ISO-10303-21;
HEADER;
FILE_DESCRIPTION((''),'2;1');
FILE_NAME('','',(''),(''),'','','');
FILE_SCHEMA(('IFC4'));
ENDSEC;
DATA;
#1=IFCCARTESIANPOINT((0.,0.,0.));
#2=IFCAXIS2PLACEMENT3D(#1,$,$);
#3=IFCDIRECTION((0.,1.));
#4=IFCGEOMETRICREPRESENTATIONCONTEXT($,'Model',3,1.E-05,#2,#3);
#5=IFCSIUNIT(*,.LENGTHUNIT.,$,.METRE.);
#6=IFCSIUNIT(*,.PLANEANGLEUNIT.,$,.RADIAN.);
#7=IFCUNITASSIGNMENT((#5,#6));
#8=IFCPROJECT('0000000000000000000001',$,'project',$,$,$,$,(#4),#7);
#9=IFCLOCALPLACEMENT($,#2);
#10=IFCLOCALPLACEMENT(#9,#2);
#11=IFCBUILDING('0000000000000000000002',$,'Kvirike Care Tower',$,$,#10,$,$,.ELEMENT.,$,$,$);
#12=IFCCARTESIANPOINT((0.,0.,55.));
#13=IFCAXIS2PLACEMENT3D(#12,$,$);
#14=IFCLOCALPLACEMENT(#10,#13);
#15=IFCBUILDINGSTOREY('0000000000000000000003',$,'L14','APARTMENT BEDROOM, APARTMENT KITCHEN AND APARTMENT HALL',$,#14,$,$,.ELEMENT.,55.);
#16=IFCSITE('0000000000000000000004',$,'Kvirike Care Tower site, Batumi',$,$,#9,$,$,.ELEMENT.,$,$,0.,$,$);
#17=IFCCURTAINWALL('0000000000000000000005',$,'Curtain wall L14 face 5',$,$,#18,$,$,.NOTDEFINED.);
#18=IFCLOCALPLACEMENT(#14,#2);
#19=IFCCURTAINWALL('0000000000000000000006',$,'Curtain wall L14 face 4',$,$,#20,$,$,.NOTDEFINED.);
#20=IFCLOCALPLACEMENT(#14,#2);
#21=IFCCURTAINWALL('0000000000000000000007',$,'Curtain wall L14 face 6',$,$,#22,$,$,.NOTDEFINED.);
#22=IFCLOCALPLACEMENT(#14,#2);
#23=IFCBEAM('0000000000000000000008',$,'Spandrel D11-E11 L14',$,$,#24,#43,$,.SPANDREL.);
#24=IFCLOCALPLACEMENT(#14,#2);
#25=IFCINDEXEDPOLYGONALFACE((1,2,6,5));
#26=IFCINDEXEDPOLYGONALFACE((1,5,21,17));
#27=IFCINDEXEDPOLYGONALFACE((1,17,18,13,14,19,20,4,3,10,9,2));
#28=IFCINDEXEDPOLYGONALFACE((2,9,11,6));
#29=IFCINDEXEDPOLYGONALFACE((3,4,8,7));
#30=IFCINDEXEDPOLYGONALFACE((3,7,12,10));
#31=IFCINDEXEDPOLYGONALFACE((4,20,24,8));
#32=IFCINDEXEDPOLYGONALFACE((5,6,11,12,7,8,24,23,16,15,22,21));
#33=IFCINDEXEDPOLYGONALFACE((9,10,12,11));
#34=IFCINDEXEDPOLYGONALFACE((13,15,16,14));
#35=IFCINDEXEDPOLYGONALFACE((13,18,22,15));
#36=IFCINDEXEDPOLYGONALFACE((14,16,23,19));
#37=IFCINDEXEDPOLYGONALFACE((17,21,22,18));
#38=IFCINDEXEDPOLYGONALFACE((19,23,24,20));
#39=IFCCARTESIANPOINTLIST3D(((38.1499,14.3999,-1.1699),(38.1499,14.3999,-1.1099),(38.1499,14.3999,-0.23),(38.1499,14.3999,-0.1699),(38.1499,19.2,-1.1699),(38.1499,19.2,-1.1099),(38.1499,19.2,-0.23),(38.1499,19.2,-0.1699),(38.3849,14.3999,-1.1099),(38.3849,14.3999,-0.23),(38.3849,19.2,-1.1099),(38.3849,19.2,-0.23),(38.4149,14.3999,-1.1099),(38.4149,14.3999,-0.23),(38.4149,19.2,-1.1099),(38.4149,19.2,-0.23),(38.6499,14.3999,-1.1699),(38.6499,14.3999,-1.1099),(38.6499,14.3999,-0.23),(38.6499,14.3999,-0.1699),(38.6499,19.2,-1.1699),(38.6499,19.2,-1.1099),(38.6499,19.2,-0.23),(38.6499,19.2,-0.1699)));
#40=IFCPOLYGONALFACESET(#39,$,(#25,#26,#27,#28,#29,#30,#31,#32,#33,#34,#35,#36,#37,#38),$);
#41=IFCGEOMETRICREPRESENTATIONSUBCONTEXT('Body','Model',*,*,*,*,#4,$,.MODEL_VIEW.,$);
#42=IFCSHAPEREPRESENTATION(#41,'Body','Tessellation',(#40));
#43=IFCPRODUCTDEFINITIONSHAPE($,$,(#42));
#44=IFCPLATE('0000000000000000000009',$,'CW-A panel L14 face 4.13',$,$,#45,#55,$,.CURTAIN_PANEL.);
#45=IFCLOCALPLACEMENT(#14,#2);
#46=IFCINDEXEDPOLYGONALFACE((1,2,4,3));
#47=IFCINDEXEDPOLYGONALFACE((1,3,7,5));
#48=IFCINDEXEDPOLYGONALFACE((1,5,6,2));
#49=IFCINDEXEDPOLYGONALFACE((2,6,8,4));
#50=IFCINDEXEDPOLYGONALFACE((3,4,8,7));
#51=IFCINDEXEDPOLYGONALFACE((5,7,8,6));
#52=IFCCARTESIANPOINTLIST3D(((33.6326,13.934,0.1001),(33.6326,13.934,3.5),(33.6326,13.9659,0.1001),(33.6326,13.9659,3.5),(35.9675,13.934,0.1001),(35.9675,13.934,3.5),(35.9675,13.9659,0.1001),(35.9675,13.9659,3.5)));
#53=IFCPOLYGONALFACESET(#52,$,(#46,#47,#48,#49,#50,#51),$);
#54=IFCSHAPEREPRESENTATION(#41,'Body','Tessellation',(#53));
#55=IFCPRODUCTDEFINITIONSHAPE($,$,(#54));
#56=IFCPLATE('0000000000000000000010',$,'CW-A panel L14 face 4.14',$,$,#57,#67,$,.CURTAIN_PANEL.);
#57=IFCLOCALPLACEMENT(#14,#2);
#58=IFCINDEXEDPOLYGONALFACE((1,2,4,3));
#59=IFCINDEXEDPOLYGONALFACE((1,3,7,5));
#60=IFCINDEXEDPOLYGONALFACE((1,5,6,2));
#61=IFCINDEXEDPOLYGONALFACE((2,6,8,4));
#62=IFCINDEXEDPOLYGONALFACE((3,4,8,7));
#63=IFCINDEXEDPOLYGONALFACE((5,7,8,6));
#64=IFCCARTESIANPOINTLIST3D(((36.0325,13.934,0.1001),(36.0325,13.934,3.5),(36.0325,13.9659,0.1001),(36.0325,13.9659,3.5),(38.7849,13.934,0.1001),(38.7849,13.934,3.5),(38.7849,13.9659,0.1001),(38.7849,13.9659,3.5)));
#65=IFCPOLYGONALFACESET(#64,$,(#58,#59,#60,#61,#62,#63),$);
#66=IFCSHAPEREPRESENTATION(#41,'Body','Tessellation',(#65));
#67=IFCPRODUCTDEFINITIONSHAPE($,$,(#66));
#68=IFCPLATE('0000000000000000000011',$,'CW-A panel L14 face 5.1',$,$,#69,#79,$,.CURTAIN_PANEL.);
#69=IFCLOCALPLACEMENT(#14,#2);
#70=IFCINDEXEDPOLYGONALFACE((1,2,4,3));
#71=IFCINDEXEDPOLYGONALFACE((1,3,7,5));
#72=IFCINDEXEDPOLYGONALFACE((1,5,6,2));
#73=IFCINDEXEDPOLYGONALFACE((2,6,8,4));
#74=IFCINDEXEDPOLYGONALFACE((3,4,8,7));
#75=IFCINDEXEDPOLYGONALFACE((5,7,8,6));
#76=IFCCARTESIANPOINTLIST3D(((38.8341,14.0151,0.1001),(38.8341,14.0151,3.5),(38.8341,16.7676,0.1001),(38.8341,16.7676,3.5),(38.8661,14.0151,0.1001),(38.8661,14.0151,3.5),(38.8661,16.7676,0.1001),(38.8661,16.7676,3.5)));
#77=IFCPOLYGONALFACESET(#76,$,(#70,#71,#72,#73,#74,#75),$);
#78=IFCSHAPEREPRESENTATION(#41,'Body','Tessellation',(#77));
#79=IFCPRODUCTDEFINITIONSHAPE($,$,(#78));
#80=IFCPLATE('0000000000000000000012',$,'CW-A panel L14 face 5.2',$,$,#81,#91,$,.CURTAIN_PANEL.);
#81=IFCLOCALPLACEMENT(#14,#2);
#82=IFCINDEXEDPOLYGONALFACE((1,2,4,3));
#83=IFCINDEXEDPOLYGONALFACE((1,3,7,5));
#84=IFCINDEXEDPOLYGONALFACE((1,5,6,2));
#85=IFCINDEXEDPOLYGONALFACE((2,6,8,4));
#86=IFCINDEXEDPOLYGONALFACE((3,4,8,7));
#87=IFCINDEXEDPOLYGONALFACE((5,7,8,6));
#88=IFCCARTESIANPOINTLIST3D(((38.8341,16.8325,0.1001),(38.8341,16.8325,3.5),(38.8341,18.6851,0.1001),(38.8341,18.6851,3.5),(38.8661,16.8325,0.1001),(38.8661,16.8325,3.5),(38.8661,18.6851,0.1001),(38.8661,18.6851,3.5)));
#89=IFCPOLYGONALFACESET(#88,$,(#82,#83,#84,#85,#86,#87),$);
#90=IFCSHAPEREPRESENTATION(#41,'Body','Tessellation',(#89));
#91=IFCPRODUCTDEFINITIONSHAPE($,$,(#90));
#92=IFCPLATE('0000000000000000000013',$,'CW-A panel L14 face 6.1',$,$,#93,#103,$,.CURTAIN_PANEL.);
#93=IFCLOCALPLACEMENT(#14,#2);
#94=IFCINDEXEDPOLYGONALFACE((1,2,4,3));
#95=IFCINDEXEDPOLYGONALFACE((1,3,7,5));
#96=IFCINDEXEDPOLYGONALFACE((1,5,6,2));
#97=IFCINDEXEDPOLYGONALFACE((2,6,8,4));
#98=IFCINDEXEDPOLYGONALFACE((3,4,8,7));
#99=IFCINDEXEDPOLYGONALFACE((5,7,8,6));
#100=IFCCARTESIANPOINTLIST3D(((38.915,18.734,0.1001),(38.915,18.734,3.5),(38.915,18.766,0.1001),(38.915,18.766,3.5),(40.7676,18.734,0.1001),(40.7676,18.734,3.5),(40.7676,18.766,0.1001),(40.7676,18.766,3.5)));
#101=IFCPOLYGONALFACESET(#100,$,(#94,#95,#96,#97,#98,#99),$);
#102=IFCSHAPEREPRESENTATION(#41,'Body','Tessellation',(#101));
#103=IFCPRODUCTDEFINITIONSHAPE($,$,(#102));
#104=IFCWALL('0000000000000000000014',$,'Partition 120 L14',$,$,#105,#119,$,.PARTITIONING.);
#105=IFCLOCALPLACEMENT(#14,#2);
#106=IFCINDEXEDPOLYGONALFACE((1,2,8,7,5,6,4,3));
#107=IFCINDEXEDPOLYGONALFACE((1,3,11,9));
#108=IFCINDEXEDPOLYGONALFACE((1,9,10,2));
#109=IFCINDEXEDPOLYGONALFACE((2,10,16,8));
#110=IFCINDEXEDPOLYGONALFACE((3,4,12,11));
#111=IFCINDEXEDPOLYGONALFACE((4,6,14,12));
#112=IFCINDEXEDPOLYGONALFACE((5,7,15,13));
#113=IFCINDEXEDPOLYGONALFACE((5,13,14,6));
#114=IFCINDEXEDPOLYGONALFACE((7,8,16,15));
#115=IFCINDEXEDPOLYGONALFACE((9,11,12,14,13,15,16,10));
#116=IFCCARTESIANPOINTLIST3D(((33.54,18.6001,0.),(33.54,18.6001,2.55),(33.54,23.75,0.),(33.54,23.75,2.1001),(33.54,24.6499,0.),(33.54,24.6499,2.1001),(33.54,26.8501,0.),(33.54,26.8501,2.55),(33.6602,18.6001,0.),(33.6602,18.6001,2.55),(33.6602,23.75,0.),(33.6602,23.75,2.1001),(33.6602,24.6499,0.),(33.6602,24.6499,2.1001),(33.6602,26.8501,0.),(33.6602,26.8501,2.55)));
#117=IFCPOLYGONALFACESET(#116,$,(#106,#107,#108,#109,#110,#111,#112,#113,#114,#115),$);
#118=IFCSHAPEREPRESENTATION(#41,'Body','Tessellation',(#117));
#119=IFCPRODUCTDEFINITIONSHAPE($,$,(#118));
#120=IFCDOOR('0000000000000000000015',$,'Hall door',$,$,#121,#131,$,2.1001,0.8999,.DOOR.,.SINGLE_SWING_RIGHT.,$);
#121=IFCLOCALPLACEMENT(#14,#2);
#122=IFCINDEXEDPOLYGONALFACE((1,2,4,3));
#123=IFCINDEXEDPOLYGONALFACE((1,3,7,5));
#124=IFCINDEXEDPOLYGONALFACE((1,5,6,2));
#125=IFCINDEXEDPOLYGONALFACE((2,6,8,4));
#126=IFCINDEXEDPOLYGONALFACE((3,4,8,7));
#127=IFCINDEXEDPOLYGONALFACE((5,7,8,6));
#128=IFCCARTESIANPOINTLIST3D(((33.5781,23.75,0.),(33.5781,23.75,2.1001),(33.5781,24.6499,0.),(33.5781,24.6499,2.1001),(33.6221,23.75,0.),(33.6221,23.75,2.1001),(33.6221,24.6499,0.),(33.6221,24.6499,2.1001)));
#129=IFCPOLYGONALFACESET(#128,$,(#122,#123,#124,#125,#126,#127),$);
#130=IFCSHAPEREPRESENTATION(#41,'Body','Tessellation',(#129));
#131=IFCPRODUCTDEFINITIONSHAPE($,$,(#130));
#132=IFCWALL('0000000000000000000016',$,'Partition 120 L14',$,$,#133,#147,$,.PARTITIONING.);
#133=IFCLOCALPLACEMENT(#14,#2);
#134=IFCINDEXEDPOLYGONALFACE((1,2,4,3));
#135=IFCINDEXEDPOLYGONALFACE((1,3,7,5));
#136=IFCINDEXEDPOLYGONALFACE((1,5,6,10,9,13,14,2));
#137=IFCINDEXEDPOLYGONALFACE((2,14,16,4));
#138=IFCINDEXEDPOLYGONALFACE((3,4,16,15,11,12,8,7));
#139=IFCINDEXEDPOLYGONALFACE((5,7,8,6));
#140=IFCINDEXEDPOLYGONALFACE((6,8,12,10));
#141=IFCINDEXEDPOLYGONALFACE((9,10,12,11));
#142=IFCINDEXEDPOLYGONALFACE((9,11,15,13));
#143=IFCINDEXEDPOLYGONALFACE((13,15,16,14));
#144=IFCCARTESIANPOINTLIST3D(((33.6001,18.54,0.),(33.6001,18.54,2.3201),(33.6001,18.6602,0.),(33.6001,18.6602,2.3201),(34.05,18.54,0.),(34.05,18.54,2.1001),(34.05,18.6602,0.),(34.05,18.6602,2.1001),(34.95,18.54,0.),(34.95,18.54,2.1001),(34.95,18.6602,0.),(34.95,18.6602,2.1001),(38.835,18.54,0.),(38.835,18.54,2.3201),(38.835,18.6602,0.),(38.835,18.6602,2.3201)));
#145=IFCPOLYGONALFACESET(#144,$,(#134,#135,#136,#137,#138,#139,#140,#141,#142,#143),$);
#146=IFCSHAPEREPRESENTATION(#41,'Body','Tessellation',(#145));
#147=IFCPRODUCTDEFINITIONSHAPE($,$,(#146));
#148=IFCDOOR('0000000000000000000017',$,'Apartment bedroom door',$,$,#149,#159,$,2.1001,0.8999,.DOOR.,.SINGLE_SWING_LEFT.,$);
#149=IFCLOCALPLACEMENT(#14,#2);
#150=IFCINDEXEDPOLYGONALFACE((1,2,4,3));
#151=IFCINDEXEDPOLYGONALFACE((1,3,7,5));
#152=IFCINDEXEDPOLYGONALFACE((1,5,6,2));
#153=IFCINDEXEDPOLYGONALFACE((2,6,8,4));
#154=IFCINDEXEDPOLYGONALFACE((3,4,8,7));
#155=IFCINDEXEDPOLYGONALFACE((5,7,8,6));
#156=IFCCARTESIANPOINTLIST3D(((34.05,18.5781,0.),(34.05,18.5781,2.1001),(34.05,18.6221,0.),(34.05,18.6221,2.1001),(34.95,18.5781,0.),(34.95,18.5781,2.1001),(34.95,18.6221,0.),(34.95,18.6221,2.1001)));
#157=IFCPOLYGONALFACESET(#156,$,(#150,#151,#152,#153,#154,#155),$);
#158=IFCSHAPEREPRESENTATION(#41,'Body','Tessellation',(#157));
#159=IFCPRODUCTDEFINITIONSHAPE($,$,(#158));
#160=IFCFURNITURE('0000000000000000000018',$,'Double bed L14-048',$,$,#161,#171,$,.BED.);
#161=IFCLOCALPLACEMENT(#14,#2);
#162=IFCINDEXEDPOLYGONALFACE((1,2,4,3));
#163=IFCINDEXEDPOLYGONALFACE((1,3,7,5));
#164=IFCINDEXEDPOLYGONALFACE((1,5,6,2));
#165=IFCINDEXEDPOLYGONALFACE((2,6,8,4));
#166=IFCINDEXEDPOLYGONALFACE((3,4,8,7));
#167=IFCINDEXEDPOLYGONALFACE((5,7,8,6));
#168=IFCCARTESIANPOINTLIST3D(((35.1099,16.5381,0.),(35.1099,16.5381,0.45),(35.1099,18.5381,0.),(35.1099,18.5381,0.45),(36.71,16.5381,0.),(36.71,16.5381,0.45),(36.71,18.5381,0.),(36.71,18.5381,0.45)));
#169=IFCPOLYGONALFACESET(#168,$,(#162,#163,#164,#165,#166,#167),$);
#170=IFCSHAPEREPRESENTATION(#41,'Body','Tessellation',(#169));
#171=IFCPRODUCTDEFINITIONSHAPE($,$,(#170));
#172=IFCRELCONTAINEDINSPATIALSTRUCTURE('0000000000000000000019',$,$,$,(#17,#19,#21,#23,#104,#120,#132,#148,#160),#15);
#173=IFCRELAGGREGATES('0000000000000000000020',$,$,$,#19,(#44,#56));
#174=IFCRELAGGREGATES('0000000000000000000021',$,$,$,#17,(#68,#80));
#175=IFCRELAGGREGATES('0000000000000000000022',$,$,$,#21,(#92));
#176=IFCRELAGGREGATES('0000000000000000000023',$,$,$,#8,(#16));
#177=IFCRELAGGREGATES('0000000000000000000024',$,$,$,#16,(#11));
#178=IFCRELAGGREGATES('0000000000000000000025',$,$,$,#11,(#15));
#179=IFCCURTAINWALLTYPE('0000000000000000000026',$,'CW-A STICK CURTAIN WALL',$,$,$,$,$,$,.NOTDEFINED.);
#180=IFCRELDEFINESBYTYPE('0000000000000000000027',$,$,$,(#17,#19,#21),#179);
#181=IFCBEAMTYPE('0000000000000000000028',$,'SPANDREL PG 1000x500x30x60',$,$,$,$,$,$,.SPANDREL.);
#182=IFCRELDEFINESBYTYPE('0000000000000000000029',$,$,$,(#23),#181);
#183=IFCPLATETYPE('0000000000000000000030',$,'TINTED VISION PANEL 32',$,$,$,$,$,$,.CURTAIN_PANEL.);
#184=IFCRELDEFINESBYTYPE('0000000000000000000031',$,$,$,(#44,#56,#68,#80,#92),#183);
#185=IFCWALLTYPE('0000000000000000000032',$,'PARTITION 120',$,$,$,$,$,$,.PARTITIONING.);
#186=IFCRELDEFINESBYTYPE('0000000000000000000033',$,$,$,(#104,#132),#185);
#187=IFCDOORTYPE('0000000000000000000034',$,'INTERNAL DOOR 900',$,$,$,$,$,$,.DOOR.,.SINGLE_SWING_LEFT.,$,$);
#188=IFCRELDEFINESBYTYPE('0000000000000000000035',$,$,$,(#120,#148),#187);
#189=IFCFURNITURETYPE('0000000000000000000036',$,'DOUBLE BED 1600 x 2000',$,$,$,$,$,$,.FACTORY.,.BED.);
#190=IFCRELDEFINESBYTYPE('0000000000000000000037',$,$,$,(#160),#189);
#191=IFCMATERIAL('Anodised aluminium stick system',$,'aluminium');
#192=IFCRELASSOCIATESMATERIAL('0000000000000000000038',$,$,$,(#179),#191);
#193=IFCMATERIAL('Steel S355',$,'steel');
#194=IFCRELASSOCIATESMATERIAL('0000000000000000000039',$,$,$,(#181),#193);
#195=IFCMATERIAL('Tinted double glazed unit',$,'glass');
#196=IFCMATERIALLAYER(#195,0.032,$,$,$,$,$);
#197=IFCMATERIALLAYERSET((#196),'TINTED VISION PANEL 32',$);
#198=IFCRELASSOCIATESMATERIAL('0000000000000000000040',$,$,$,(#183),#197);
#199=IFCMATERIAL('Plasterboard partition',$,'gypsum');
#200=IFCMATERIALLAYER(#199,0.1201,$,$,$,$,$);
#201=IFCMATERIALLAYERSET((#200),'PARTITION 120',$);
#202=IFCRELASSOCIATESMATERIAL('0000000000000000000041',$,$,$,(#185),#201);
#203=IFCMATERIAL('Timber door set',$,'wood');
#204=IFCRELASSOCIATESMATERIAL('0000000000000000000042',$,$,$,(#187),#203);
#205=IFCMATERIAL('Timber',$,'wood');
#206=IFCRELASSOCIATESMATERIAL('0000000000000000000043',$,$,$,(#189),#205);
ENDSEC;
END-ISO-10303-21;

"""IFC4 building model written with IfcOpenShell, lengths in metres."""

from ifc_helpers import new_model, si_unit, direction, frame, frame_2d, origin, origin_2d, place, context, subcontext, project, spatial, rectangle, i_section, extrude, material, layer, layer_set, material_profile, profile_set, type_object, element, fill, aggregate, save


model = new_model("IFC4")

# Units and contexts
model_context = context("Model", 3, precision=1e-05, world=origin(), true_north=direction((0.0, 1.0)))
body_context = subcontext(model_context, "Body", "Model", "MODEL_VIEW")
ifc_project = project(units=[si_unit("LENGTHUNIT", "METRE"), si_unit("PLANEANGLEUNIT", "RADIAN")], contexts=[model_context])

# Site, building, storey
site_placement = place(None, origin())
site = spatial("IfcSite", under=ifc_project, at=site_placement, Name="Kvirike Care Tower site, Batumi", CompositionType="ELEMENT", RefElevation=0.0)
building_placement = place(site_placement, origin())
building = spatial("IfcBuilding", under=site, at=building_placement, Name="Kvirike Care Tower", CompositionType="ELEMENT")
storey_placement = place(building_placement, frame((0.0, 0.0, 55.0)))
storey = spatial("IfcBuildingStorey", under=building, at=storey_placement, Name="L14", Description="APARTMENT BEDROOM, APARTMENT KITCHEN AND APARTMENT HALL", CompositionType="ELEMENT", Elevation=55.0)

# Curtain wall
ifc_material_1 = material(Name="Anodised aluminium stick system", Category="aluminium")
curtain_wall_type = type_object("IfcCurtainWallType", Name="CW-A STICK CURTAIN WALL", PredefinedType="NOTDEFINED", material=ifc_material_1)
curtain_wall_1_placement = place(storey_placement, origin())
curtain_wall_1 = element("IfcCurtainWall", 1, at=curtain_wall_1_placement, inside=storey, type_object=curtain_wall_type, Name="Curtain wall L14 face 5", PredefinedType="NOTDEFINED")

# Curtain wall
curtain_wall_2_placement = place(storey_placement, origin())
curtain_wall_2 = element("IfcCurtainWall", 2, at=curtain_wall_2_placement, inside=storey, type_object=curtain_wall_type, Name="Curtain wall L14 face 4", PredefinedType="NOTDEFINED")

# Curtain wall
curtain_wall_3_placement = place(storey_placement, origin())
curtain_wall_3 = element("IfcCurtainWall", 3, at=curtain_wall_3_placement, inside=storey, type_object=curtain_wall_type, Name="Curtain wall L14 face 6", PredefinedType="NOTDEFINED")

# Beam
ifc_material_2 = material(Name="Steel S355", Category="steel")
ifc_material_profile_1 = material_profile(ifc_material_2, i_section(OverallWidth=0.5, OverallDepth=1.0, WebThickness=0.03, FlangeThickness=0.0601, at=origin_2d()), Name="PG 1000x500x30x60")
ifc_profile_set_1 = profile_set([ifc_material_profile_1], Name="Steel S355")
beam_type = type_object("IfcBeamType", Name="SPANDREL PG 1000x500x30x60", PredefinedType="SPANDREL", material=ifc_profile_set_1)
beam_placement = place(storey_placement, frame((38.3999, 14.3999, -0.6699), z_axis=(0.0, 1.0, 0.0), x_axis=(-1.0, 0.0, 0.0)))
element("IfcBeam", 4, at=beam_placement, inside=storey, type_object=beam_type, Name="Spandrel D11-E11 L14", PredefinedType="SPANDREL", context=body_context, shape_type="SweptSolid", body=[
    extrude(i_section(OverallWidth=0.5, OverallDepth=1.0, WebThickness=0.03, FlangeThickness=0.0601, at=origin_2d()), origin(), (0.0, 0.0, 1.0), 4.8),
])

# Plates
ifc_material_3 = material(Name="Tinted double glazed unit", Category="glass")
ifc_layer_1 = layer(ifc_material_3, 0.032)
ifc_layer_set_1 = layer_set([ifc_layer_1], Name="TINTED VISION PANEL 32")
plate_type = type_object("IfcPlateType", Name="TINTED VISION PANEL 32", PredefinedType="CURTAIN_PANEL", material=ifc_layer_set_1)
plate_1_placement = place(storey_placement, frame((34.8, 13.95, 0.1001), z_axis=(0.0, 0.0, 1.0), x_axis=(1.0, 0.0, 0.0)))
plate_1 = element("IfcPlate", 5, at=plate_1_placement, type_object=plate_type, Name="CW-A panel L14 face 4.13", PredefinedType="CURTAIN_PANEL", context=body_context, shape_type="SweptSolid", body=[
    extrude(rectangle(XDim=2.335, YDim=0.032, at=origin_2d()), origin(), (0.0, 0.0, 1.0), 3.3999),
])
plate_2_placement = place(storey_placement, frame((37.4087, 13.95, 0.1001), z_axis=(0.0, 0.0, 1.0), x_axis=(1.0, 0.0, 0.0)))
plate_2 = element("IfcPlate", 6, at=plate_2_placement, type_object=plate_type, Name="CW-A panel L14 face 4.14", PredefinedType="CURTAIN_PANEL", context=body_context, shape_type="SweptSolid", body=[
    extrude(rectangle(XDim=2.7524, YDim=0.032, at=origin_2d()), origin(), (0.0, 0.0, 1.0), 3.3999),
])
aggregate(curtain_wall_2, [plate_1, plate_2])
plate_3_placement = place(storey_placement, frame((38.8501, 15.3914, 0.1001), z_axis=(0.0, 0.0, 1.0), x_axis=(0.0, 1.0, 0.0)))
plate_3 = element("IfcPlate", 7, at=plate_3_placement, type_object=plate_type, Name="CW-A panel L14 face 5.1", PredefinedType="CURTAIN_PANEL", context=body_context, shape_type="SweptSolid", body=[
    extrude(rectangle(XDim=2.7524, YDim=0.032, at=origin_2d()), origin(), (0.0, 0.0, 1.0), 3.3999),
])
plate_4_placement = place(storey_placement, frame((38.8501, 17.7588, 0.1001), z_axis=(0.0, 0.0, 1.0), x_axis=(0.0, 1.0, 0.0)))
plate_4 = element("IfcPlate", 8, at=plate_4_placement, type_object=plate_type, Name="CW-A panel L14 face 5.2", PredefinedType="CURTAIN_PANEL", context=body_context, shape_type="SweptSolid", body=[
    extrude(rectangle(XDim=1.8525, YDim=0.032, at=origin_2d()), origin(), (0.0, 0.0, 1.0), 3.3999),
])
aggregate(curtain_wall_1, [plate_3, plate_4])
plate_5_placement = place(storey_placement, frame((39.8413, 18.75, 0.1001), z_axis=(0.0, 0.0, 1.0), x_axis=(1.0, 0.0, 0.0)))
plate_5 = element("IfcPlate", 9, at=plate_5_placement, type_object=plate_type, Name="CW-A panel L14 face 6.1", PredefinedType="CURTAIN_PANEL", context=body_context, shape_type="SweptSolid", body=[
    extrude(rectangle(XDim=1.8525, YDim=0.032, at=origin_2d()), origin(), (0.0, 0.0, 1.0), 3.3999),
])
aggregate(curtain_wall_3, [plate_5])

# Walls, openings, doors
ifc_material_4 = material(Name="Plasterboard partition", Category="gypsum")
ifc_layer_2 = layer(ifc_material_4, 0.1201)
ifc_layer_set_2 = layer_set([ifc_layer_2], Name="PARTITION 120")
wall_type = type_object("IfcWallType", Name="PARTITION 120", PredefinedType="PARTITIONING", material=ifc_layer_set_2)
wall_1_placement = place(storey_placement, frame((33.6001, 18.6001, 0.0), z_axis=(0.0, 0.0, 1.0), x_axis=(0.0, 1.0, 0.0)))
wall_1 = element("IfcWall", 10, at=wall_1_placement, inside=storey, type_object=wall_type, Name="Partition 120 L14", PredefinedType="PARTITIONING", context=body_context, shape_type="SweptSolid", body=[
    extrude(rectangle(XDim=8.25, YDim=0.1201, at=frame_2d((4.125, 0.0))), origin(), (0.0, 0.0, 1.0), 2.55),
])
opening_1_placement = place(wall_1_placement, frame((5.1499, 0.0, 0.0)))
opening_1 = element("IfcOpeningElement", 11, at=opening_1_placement, cuts=wall_1, PredefinedType="OPENING", context=body_context, shape_type="SweptSolid", body=[
    extrude(rectangle(XDim=0.8999, YDim=2.1001, at=frame_2d((0.45, 1.05))), frame((0.0, 0.0706, 0.0), z_axis=(0.0, -1.0, 0.0), x_axis=(1.0, 0.0, 0.0)), (0.0, 0.0, 1.0), 0.1411),
])
ifc_material_5 = material(Name="Timber door set", Category="wood")
door_type = type_object("IfcDoorType", Name="INTERNAL DOOR 900", OperationType="SINGLE_SWING_LEFT", PredefinedType="DOOR", material=ifc_material_5)
door_1_placement = place(opening_1_placement, origin())
door_1 = element("IfcDoor", 12, at=door_1_placement, inside=storey, type_object=door_type, Name="Hall door", OperationType="SINGLE_SWING_RIGHT", OverallHeight=2.1001, OverallWidth=0.8999, PredefinedType="DOOR", context=body_context, shape_type="SweptSolid", body=[
    extrude(rectangle(XDim=0.8999, YDim=2.1001, at=frame_2d((0.45, 1.05))), frame((0.0, 0.022, 0.0), z_axis=(0.0, -1.0, 0.0), x_axis=(1.0, 0.0, 0.0)), (0.0, 0.0, 1.0), 0.0439),
])
fill(opening_1, door_1)
wall_2_placement = place(storey_placement, frame((33.6001, 18.6001, 0.0), z_axis=(0.0, 0.0, 1.0), x_axis=(1.0, 0.0, 0.0)))
wall_2 = element("IfcWall", 13, at=wall_2_placement, inside=storey, type_object=wall_type, Name="Partition 120 L14", PredefinedType="PARTITIONING", context=body_context, shape_type="SweptSolid", body=[
    extrude(rectangle(XDim=5.2349, YDim=0.1201, at=frame_2d((2.6174, 0.0))), origin(), (0.0, 0.0, 1.0), 2.3201),
])
opening_2_placement = place(wall_2_placement, frame((0.45, 0.0, 0.0)))
opening_2 = element("IfcOpeningElement", 14, at=opening_2_placement, cuts=wall_2, PredefinedType="OPENING", context=body_context, shape_type="SweptSolid", body=[
    extrude(rectangle(XDim=0.8999, YDim=2.1001, at=frame_2d((0.45, 1.05))), frame((0.0, 0.0706, 0.0), z_axis=(0.0, -1.0, 0.0), x_axis=(1.0, 0.0, 0.0)), (0.0, 0.0, 1.0), 0.1411),
])
door_2_placement = place(opening_2_placement, frame((0.8999, 0.0, 0.0), z_axis=(0.0, 0.0, 1.0), x_axis=(-1.0, 0.0, 0.0)))
door_2 = element("IfcDoor", 15, at=door_2_placement, inside=storey, type_object=door_type, Name="Apartment bedroom door", OperationType="SINGLE_SWING_LEFT", OverallHeight=2.1001, OverallWidth=0.8999, PredefinedType="DOOR", context=body_context, shape_type="SweptSolid", body=[
    extrude(rectangle(XDim=0.8999, YDim=2.1001, at=frame_2d((0.45, 1.05))), frame((0.0, 0.022, 0.0), z_axis=(0.0, -1.0, 0.0), x_axis=(1.0, 0.0, 0.0)), (0.0, 0.0, 1.0), 0.0439),
])
fill(opening_2, door_2)

# Furniture
ifc_material_6 = material(Name="Timber", Category="wood")
furniture_type = type_object("IfcFurnitureType", Name="DOUBLE BED 1600 x 2000", AssemblyPlace="FACTORY", PredefinedType="BED", material=ifc_material_6)
furniture_placement = place(storey_placement, frame((35.9099, 17.5381, 0.0), z_axis=(0.0, 0.0, 1.0), x_axis=(1.0, 0.0, 0.0)))
element("IfcFurniture", 16, at=furniture_placement, inside=storey, type_object=furniture_type, Name="Double bed L14-048", PredefinedType="BED", context=body_context, shape_type="SweptSolid", body=[
    extrude(rectangle(XDim=1.6001, YDim=2.0, at=origin_2d()), origin(), (0.0, 0.0, 1.0), 0.45),
])

save(model, "model.ifc")
